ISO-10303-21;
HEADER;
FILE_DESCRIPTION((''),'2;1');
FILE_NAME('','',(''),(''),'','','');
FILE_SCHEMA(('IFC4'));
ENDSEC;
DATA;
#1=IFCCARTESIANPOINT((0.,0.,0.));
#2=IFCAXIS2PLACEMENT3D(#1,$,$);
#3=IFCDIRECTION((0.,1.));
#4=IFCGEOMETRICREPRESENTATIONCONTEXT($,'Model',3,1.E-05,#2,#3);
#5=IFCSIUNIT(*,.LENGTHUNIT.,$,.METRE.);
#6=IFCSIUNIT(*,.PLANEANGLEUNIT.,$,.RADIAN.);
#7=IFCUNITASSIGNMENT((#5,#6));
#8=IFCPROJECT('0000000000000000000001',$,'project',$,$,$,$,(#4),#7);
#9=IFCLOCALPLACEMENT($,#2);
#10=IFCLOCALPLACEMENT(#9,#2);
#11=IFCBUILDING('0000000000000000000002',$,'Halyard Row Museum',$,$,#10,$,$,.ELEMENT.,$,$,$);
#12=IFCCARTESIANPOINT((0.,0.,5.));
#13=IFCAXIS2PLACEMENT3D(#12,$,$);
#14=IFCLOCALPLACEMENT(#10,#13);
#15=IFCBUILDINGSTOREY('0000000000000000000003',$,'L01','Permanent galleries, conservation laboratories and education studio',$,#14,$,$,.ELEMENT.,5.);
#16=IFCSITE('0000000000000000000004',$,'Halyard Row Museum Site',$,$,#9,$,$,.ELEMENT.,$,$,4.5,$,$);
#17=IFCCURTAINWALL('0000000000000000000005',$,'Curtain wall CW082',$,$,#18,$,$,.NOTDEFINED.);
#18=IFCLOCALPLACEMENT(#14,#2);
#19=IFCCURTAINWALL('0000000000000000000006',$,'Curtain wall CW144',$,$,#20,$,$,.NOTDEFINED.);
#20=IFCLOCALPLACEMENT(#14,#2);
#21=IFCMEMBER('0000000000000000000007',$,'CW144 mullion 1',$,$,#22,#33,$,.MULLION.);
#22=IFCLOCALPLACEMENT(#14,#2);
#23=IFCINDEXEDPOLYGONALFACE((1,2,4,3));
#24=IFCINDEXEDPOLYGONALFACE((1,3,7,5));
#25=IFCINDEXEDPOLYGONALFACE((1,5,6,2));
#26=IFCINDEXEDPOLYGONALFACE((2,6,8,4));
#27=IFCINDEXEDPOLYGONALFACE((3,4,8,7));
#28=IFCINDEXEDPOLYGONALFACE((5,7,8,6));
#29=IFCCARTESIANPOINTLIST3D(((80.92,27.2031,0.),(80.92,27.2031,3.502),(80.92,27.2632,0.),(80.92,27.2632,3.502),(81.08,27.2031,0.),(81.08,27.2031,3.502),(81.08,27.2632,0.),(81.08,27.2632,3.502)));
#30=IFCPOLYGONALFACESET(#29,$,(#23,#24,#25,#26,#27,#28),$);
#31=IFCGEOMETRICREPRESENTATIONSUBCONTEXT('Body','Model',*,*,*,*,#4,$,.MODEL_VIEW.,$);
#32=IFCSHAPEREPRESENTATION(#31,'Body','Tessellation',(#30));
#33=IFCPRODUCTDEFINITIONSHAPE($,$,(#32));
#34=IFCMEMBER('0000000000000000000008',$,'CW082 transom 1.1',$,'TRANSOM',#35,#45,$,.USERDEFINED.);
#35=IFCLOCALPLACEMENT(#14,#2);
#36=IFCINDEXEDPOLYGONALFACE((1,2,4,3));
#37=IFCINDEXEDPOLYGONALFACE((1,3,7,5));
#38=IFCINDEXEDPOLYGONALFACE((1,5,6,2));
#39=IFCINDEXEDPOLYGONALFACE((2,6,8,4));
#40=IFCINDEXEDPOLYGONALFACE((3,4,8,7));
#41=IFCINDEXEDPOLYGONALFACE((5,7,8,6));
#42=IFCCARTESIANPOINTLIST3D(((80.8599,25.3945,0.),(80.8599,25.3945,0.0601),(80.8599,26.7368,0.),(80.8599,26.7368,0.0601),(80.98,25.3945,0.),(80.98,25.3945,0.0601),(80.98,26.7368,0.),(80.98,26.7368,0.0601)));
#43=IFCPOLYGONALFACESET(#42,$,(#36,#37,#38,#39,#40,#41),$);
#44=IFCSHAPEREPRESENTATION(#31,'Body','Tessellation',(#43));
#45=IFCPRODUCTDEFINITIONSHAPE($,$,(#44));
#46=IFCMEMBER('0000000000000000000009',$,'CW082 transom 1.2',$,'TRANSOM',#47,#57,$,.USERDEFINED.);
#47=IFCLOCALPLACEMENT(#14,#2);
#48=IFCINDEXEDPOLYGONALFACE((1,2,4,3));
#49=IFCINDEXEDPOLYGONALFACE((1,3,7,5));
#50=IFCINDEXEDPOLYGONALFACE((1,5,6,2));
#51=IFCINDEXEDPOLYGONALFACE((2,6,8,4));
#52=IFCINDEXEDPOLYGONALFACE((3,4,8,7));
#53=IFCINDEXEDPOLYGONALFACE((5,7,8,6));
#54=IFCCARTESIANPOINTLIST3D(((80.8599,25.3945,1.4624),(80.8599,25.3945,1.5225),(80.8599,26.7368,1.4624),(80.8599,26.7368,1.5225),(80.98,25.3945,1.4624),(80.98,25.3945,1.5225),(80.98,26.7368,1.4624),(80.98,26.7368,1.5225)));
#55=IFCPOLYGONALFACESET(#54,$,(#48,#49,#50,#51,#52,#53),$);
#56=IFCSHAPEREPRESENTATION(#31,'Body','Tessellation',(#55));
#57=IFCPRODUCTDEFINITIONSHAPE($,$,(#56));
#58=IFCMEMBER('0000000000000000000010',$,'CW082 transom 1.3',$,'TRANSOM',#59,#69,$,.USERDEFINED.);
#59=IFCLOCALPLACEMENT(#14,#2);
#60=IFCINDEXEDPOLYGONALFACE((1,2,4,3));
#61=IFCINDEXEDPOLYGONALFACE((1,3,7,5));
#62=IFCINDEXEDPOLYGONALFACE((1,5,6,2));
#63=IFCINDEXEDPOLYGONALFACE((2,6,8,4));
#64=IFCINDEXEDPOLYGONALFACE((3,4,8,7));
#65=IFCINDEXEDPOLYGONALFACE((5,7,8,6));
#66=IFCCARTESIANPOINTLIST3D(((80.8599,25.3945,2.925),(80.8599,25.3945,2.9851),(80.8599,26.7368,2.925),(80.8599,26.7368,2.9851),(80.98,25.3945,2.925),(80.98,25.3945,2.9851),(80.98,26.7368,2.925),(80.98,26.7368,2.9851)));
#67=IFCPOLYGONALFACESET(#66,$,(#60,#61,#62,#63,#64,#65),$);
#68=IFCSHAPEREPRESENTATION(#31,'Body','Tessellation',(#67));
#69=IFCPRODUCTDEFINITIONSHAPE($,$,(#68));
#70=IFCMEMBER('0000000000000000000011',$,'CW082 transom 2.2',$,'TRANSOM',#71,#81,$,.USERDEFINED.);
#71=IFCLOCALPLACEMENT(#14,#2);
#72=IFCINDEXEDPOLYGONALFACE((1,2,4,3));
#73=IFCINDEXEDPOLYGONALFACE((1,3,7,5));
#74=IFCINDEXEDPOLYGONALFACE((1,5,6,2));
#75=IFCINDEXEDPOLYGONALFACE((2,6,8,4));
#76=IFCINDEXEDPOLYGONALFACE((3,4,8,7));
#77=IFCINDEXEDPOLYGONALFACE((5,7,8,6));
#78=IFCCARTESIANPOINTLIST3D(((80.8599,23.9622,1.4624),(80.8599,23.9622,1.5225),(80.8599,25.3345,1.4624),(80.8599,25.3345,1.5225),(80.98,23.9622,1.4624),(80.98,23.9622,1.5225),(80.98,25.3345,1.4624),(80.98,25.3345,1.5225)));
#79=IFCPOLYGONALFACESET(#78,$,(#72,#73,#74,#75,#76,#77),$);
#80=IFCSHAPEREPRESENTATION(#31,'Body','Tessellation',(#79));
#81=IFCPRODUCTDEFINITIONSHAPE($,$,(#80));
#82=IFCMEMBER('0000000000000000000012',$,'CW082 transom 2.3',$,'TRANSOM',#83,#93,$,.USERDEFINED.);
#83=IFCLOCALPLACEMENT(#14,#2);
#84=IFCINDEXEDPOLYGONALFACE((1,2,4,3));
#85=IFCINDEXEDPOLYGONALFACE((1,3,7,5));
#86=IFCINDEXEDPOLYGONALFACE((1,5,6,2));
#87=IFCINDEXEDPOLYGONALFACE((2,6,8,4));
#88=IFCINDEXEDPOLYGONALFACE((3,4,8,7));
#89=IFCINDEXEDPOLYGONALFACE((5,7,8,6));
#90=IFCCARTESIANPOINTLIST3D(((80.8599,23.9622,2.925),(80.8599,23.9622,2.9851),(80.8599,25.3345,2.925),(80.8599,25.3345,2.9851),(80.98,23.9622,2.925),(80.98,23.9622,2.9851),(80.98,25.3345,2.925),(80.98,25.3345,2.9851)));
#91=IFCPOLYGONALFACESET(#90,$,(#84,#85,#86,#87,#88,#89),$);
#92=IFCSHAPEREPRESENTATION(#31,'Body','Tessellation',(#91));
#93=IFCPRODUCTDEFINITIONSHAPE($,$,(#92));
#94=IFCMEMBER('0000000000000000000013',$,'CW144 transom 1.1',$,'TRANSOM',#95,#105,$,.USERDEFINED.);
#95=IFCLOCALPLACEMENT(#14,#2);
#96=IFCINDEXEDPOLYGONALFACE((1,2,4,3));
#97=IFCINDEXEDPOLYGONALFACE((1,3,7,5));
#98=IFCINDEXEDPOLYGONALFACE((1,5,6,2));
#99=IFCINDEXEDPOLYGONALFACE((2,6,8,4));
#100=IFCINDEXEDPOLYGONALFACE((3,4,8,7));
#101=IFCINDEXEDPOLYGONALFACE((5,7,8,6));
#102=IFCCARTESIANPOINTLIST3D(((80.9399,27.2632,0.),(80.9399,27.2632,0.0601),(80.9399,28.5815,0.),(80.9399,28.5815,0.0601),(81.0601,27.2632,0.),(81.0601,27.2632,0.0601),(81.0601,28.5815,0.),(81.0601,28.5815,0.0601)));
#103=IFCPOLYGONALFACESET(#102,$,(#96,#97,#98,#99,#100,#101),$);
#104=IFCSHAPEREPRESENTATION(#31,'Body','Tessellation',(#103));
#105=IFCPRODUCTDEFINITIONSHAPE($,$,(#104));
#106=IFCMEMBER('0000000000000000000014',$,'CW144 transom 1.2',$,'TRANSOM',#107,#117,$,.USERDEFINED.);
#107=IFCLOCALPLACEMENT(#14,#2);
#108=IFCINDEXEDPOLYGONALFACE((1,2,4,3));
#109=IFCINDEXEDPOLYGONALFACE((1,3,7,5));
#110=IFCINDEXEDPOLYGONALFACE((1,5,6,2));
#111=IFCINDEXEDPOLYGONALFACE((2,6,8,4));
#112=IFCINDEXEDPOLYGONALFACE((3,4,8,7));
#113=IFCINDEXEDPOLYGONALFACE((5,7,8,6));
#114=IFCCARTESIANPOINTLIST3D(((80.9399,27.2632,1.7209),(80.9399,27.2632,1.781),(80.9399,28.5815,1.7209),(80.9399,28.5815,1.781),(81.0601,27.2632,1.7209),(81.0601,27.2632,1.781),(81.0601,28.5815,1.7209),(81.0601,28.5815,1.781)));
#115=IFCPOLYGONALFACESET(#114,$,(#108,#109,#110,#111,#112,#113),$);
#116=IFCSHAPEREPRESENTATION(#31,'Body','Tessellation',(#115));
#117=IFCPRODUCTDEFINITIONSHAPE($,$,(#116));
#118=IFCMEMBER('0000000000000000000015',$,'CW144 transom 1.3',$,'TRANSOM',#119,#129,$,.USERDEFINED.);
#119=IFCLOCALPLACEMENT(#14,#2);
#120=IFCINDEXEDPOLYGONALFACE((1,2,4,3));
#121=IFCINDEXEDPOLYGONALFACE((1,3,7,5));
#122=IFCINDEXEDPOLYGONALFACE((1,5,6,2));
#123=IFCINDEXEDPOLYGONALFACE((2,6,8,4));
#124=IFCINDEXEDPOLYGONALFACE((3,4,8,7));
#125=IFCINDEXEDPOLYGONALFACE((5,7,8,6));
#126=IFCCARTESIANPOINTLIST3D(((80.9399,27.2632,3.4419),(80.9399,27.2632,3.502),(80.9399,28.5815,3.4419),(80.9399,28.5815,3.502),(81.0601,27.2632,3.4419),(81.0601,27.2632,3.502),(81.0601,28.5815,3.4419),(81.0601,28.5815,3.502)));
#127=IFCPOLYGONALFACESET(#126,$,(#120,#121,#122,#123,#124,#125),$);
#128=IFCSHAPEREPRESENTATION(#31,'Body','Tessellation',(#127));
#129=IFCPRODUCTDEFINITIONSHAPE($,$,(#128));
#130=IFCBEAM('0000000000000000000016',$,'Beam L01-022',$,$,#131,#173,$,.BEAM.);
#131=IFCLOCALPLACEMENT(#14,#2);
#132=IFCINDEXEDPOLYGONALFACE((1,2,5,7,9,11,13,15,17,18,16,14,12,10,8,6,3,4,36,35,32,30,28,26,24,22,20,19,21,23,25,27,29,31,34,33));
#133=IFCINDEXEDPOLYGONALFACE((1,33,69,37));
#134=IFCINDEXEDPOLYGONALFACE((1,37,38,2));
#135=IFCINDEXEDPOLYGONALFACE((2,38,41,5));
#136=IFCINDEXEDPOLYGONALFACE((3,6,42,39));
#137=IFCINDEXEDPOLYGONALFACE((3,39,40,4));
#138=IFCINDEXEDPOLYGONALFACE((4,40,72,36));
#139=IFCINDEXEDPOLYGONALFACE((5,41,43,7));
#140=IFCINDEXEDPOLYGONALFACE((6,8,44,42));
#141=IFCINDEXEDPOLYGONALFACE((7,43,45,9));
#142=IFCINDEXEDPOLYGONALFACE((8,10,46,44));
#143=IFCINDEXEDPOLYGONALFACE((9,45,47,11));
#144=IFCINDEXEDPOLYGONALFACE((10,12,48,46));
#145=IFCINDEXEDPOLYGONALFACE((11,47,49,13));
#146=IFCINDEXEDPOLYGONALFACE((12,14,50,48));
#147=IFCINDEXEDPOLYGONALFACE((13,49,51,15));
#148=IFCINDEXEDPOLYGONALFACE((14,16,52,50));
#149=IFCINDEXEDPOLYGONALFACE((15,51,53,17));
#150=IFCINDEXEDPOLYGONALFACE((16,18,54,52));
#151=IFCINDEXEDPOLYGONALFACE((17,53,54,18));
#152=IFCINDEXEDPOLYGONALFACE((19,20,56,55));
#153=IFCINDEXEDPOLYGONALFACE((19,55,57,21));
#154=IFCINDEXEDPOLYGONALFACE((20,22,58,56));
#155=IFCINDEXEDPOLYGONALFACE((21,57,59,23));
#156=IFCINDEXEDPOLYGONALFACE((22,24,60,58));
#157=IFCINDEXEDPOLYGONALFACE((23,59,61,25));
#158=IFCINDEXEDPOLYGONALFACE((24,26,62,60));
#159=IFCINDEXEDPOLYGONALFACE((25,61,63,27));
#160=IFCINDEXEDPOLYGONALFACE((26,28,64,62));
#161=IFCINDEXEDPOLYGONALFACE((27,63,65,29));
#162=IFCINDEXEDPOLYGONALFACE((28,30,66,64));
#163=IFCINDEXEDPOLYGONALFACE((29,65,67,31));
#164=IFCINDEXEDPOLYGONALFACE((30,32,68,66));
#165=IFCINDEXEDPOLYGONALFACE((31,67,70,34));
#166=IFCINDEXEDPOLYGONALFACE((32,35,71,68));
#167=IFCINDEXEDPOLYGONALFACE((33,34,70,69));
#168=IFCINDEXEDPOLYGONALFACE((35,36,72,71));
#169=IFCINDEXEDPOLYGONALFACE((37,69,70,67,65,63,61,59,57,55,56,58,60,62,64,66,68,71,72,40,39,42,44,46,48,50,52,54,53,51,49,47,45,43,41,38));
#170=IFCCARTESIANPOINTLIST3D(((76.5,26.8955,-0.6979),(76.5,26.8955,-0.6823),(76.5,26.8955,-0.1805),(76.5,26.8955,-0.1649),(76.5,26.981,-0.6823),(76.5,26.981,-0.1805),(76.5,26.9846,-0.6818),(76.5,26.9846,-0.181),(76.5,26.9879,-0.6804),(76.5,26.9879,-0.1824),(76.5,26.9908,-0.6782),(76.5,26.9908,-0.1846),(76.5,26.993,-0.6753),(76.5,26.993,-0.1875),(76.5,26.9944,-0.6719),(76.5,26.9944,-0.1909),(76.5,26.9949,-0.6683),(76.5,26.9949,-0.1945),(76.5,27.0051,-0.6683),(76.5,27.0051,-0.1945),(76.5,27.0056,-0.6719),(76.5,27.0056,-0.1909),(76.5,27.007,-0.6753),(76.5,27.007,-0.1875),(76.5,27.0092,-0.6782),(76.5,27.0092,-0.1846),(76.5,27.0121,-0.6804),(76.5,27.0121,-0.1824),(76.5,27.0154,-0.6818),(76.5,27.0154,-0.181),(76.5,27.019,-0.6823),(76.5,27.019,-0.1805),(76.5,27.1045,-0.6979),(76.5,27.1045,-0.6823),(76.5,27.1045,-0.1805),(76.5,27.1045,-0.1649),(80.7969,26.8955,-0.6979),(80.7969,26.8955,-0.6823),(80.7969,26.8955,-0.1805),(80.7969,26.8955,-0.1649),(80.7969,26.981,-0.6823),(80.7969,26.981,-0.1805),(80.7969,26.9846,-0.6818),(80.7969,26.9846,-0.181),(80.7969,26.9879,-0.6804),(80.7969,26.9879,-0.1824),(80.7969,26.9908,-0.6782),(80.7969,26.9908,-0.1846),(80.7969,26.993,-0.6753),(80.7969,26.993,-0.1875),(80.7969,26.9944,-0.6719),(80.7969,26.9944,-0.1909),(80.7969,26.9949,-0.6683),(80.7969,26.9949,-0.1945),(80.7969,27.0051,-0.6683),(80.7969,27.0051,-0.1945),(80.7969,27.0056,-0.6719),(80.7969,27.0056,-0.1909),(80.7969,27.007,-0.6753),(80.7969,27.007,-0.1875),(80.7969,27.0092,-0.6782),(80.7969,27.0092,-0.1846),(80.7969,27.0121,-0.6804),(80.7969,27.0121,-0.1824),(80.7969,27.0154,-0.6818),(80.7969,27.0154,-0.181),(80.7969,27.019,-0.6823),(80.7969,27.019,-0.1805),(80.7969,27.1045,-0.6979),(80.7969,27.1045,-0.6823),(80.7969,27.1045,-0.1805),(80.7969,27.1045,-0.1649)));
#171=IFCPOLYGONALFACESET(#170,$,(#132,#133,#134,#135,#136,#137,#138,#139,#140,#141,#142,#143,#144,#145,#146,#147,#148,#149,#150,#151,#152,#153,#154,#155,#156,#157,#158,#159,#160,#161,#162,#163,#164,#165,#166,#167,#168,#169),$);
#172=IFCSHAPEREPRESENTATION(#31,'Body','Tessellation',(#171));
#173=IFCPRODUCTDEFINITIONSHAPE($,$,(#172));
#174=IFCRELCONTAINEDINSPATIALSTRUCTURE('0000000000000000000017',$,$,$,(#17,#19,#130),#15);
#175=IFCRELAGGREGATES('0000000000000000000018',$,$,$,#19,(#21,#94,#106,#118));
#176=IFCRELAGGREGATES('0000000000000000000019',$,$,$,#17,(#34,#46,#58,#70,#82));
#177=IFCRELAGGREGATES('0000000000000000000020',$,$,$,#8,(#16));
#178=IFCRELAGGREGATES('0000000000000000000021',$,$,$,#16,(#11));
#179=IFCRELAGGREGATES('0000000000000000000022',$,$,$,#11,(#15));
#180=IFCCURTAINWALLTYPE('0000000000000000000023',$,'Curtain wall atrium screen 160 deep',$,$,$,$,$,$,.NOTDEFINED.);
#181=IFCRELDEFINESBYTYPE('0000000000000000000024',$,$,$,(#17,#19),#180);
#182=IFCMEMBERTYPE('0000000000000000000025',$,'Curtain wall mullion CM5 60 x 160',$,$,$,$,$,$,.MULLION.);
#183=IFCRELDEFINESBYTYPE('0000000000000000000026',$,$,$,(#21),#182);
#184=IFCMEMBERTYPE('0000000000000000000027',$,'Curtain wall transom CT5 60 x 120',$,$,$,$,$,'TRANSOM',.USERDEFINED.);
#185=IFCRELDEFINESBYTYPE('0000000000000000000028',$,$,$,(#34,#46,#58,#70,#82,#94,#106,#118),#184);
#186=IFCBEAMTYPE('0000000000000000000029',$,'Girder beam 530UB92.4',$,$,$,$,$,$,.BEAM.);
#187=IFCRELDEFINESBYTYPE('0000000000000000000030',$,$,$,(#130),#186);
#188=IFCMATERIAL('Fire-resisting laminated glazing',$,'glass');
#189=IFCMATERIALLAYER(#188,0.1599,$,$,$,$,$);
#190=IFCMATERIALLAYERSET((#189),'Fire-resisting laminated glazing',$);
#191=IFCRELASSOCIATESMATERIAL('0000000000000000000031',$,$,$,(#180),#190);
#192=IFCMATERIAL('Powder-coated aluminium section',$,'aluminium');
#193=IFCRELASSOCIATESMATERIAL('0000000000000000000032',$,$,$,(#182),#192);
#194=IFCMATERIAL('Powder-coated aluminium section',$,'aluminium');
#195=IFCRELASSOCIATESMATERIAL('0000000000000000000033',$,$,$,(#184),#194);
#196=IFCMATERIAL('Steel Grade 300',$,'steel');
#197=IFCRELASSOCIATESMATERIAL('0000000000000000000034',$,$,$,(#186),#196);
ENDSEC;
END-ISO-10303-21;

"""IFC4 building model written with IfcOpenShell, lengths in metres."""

from ifc_helpers import new_model, si_unit, direction, frame, origin, origin_2d, place, context, subcontext, project, spatial, rectangle, i_section, extrude, material, layer, layer_set, material_profile, profile_set, type_object, element, aggregate, save


model = new_model("IFC4")

# Units and contexts
model_context = context("Model", 3, precision=1e-05, world=origin(), true_north=direction((0.0, 1.0)))
body_context = subcontext(model_context, "Body", "Model", "MODEL_VIEW")
ifc_project = project(units=[si_unit("LENGTHUNIT", "METRE"), si_unit("PLANEANGLEUNIT", "RADIAN")], contexts=[model_context])

# Site, building, storey
site_placement = place(None, origin())
site = spatial("IfcSite", under=ifc_project, at=site_placement, Name="Halyard Row Museum Site", CompositionType="ELEMENT", RefElevation=4.5)
building_placement = place(site_placement, origin())
building = spatial("IfcBuilding", under=site, at=building_placement, Name="Halyard Row Museum", CompositionType="ELEMENT")
storey_placement = place(building_placement, frame((0.0, 0.0, 5.0)))
storey = spatial("IfcBuildingStorey", under=building, at=storey_placement, Name="L01", Description="Permanent galleries, conservation laboratories and education studio", CompositionType="ELEMENT", Elevation=5.0)

# Curtain wall
ifc_material_1 = material(Name="Fire-resisting laminated glazing", Category="glass")
ifc_layer_1 = layer(ifc_material_1, 0.1599)
ifc_layer_set_1 = layer_set([ifc_layer_1], Name="Fire-resisting laminated glazing")
curtain_wall_type = type_object("IfcCurtainWallType", Name="Curtain wall atrium screen 160 deep", PredefinedType="NOTDEFINED", material=ifc_layer_set_1)
curtain_wall_1_placement = place(storey_placement, origin())
curtain_wall_1 = element("IfcCurtainWall", 1, at=curtain_wall_1_placement, inside=storey, type_object=curtain_wall_type, Name="Curtain wall CW082", PredefinedType="NOTDEFINED")
ifc_material_2 = material(Name="Powder-coated aluminium section", Category="aluminium")
ifc_material_profile_1 = material_profile(ifc_material_2, rectangle(XDim=0.1599, YDim=0.0601, at=origin_2d()), Name="160x60 mullion")
ifc_profile_set_1 = profile_set([ifc_material_profile_1], Name="Powder-coated aluminium section")
member_type_1 = type_object("IfcMemberType", Name="Curtain wall mullion CM5 60 x 160", PredefinedType="MULLION", material=ifc_profile_set_1)

# Curtain wall, member
curtain_wall_2_placement = place(storey_placement, origin())
curtain_wall_2 = element("IfcCurtainWall", 2, at=curtain_wall_2_placement, inside=storey, type_object=curtain_wall_type, Name="Curtain wall CW144", PredefinedType="NOTDEFINED")
member_1_placement = place(storey_placement, frame((81.0, 27.2332, 0.0), z_axis=(0.0, 0.0, 1.0), x_axis=(-1.0, 0.0, 0.0)))
member_1 = element("IfcMember", 3, at=member_1_placement, type_object=member_type_1, Name="CW144 mullion 1", PredefinedType="MULLION", context=body_context, shape_type="SweptSolid", body=[
    extrude(rectangle(XDim=0.1599, YDim=0.0601, at=origin_2d()), origin(), (0.0, 0.0, 1.0), 3.502),
])

# Members
ifc_material_3 = material(Name="Powder-coated aluminium section", Category="aluminium")
ifc_material_profile_2 = material_profile(ifc_material_3, rectangle(XDim=0.1201, YDim=0.0601, at=origin_2d()), Name="120x60 transom")
ifc_profile_set_2 = profile_set([ifc_material_profile_2], Name="Powder-coated aluminium section")
member_type_2 = type_object("IfcMemberType", Name="Curtain wall transom CT5 60 x 120", ElementType="TRANSOM", PredefinedType="USERDEFINED", material=ifc_profile_set_2)
member_2_placement = place(storey_placement, frame((80.9199, 26.7368, 0.03), z_axis=(0.0, -1.0, 0.0), x_axis=(1.0, 0.0, 0.0)))
member_2 = element("IfcMember", 4, at=member_2_placement, type_object=member_type_2, Name="CW082 transom 1.1", ObjectType="TRANSOM", PredefinedType="USERDEFINED", context=body_context, shape_type="SweptSolid", body=[
    extrude(rectangle(XDim=0.1201, YDim=0.0601, at=origin_2d()), origin(), (0.0, 0.0, 1.0), 1.3423),
])
member_3_placement = place(storey_placement, frame((80.9199, 26.7368, 1.4924), z_axis=(0.0, -1.0, 0.0), x_axis=(1.0, 0.0, 0.0)))
member_3 = element("IfcMember", 5, at=member_3_placement, type_object=member_type_2, Name="CW082 transom 1.2", ObjectType="TRANSOM", PredefinedType="USERDEFINED", context=body_context, shape_type="SweptSolid", body=[
    extrude(rectangle(XDim=0.1201, YDim=0.0601, at=origin_2d()), origin(), (0.0, 0.0, 1.0), 1.3423),
])
member_4_placement = place(storey_placement, frame((80.9199, 26.7368, 2.9551), z_axis=(0.0, -1.0, 0.0), x_axis=(1.0, 0.0, 0.0)))
member_4 = element("IfcMember", 6, at=member_4_placement, type_object=member_type_2, Name="CW082 transom 1.3", ObjectType="TRANSOM", PredefinedType="USERDEFINED", context=body_context, shape_type="SweptSolid", body=[
    extrude(rectangle(XDim=0.1201, YDim=0.0601, at=origin_2d()), origin(), (0.0, 0.0, 1.0), 1.3423),
])
member_5_placement = place(storey_placement, frame((80.9199, 25.3345, 1.4924), z_axis=(0.0, -1.0, 0.0), x_axis=(1.0, 0.0, 0.0)))
member_5 = element("IfcMember", 7, at=member_5_placement, type_object=member_type_2, Name="CW082 transom 2.2", ObjectType="TRANSOM", PredefinedType="USERDEFINED", context=body_context, shape_type="SweptSolid", body=[
    extrude(rectangle(XDim=0.1201, YDim=0.0601, at=origin_2d()), origin(), (0.0, 0.0, 1.0), 1.3723),
])
member_6_placement = place(storey_placement, frame((80.9199, 25.3345, 2.9551), z_axis=(0.0, -1.0, 0.0), x_axis=(1.0, 0.0, 0.0)))
member_6 = element("IfcMember", 8, at=member_6_placement, type_object=member_type_2, Name="CW082 transom 2.3", ObjectType="TRANSOM", PredefinedType="USERDEFINED", context=body_context, shape_type="SweptSolid", body=[
    extrude(rectangle(XDim=0.1201, YDim=0.0601, at=origin_2d()), origin(), (0.0, 0.0, 1.0), 1.3723),
])
member_7_placement = place(storey_placement, frame((81.0, 27.2632, 0.03), z_axis=(0.0, 1.0, 0.0), x_axis=(-1.0, 0.0, 0.0)))
member_7 = element("IfcMember", 9, at=member_7_placement, type_object=member_type_2, Name="CW144 transom 1.1", ObjectType="TRANSOM", PredefinedType="USERDEFINED", context=body_context, shape_type="SweptSolid", body=[
    extrude(rectangle(XDim=0.1201, YDim=0.0601, at=origin_2d()), origin(), (0.0, 0.0, 1.0), 1.3184),
])
member_8_placement = place(storey_placement, frame((81.0, 27.2632, 1.751), z_axis=(0.0, 1.0, 0.0), x_axis=(-1.0, 0.0, 0.0)))
member_8 = element("IfcMember", 10, at=member_8_placement, type_object=member_type_2, Name="CW144 transom 1.2", ObjectType="TRANSOM", PredefinedType="USERDEFINED", context=body_context, shape_type="SweptSolid", body=[
    extrude(rectangle(XDim=0.1201, YDim=0.0601, at=origin_2d()), origin(), (0.0, 0.0, 1.0), 1.3184),
])
member_9_placement = place(storey_placement, frame((81.0, 27.2632, 3.4719), z_axis=(0.0, 1.0, 0.0), x_axis=(-1.0, 0.0, 0.0)))
member_9 = element("IfcMember", 11, at=member_9_placement, type_object=member_type_2, Name="CW144 transom 1.3", ObjectType="TRANSOM", PredefinedType="USERDEFINED", context=body_context, shape_type="SweptSolid", body=[
    extrude(rectangle(XDim=0.1201, YDim=0.0601, at=origin_2d()), origin(), (0.0, 0.0, 1.0), 1.3184),
])
aggregate(curtain_wall_2, [member_1, member_7, member_8, member_9])

# Beam
ifc_material_4 = material(Name="Steel Grade 300", Category="steel")
ifc_material_profile_3 = material_profile(ifc_material_4, i_section(OverallWidth=0.209, OverallDepth=0.533, WebThickness=0.0103, FlangeThickness=0.0156, FilletRadius=0.0139, at=origin_2d()), Name="530UB92.4")
ifc_profile_set_3 = profile_set([ifc_material_profile_3], Name="Steel Grade 300")
beam_type_1 = type_object("IfcBeamType", Name="Girder beam 530UB92.4", PredefinedType="BEAM", material=ifc_profile_set_3)
beam_1_placement = place(storey_placement, frame((76.5, 27.0, -0.4314), z_axis=(1.0, 0.0, 0.0), x_axis=(0.0, 1.0, 0.0)))
element("IfcBeam", 12, at=beam_1_placement, inside=storey, type_object=beam_type_1, Name="Beam L01-022", PredefinedType="BEAM", context=body_context, shape_type="SweptSolid", body=[
    extrude(i_section(OverallWidth=0.209, OverallDepth=0.533, WebThickness=0.0103, FlangeThickness=0.0156, FilletRadius=0.0139, at=origin_2d()), origin(), (0.0, 0.0, 1.0), 4.2969),
])

aggregate(curtain_wall_1, [member_2, member_3, member_4, member_5, member_6])

save(model, "model.ifc")
